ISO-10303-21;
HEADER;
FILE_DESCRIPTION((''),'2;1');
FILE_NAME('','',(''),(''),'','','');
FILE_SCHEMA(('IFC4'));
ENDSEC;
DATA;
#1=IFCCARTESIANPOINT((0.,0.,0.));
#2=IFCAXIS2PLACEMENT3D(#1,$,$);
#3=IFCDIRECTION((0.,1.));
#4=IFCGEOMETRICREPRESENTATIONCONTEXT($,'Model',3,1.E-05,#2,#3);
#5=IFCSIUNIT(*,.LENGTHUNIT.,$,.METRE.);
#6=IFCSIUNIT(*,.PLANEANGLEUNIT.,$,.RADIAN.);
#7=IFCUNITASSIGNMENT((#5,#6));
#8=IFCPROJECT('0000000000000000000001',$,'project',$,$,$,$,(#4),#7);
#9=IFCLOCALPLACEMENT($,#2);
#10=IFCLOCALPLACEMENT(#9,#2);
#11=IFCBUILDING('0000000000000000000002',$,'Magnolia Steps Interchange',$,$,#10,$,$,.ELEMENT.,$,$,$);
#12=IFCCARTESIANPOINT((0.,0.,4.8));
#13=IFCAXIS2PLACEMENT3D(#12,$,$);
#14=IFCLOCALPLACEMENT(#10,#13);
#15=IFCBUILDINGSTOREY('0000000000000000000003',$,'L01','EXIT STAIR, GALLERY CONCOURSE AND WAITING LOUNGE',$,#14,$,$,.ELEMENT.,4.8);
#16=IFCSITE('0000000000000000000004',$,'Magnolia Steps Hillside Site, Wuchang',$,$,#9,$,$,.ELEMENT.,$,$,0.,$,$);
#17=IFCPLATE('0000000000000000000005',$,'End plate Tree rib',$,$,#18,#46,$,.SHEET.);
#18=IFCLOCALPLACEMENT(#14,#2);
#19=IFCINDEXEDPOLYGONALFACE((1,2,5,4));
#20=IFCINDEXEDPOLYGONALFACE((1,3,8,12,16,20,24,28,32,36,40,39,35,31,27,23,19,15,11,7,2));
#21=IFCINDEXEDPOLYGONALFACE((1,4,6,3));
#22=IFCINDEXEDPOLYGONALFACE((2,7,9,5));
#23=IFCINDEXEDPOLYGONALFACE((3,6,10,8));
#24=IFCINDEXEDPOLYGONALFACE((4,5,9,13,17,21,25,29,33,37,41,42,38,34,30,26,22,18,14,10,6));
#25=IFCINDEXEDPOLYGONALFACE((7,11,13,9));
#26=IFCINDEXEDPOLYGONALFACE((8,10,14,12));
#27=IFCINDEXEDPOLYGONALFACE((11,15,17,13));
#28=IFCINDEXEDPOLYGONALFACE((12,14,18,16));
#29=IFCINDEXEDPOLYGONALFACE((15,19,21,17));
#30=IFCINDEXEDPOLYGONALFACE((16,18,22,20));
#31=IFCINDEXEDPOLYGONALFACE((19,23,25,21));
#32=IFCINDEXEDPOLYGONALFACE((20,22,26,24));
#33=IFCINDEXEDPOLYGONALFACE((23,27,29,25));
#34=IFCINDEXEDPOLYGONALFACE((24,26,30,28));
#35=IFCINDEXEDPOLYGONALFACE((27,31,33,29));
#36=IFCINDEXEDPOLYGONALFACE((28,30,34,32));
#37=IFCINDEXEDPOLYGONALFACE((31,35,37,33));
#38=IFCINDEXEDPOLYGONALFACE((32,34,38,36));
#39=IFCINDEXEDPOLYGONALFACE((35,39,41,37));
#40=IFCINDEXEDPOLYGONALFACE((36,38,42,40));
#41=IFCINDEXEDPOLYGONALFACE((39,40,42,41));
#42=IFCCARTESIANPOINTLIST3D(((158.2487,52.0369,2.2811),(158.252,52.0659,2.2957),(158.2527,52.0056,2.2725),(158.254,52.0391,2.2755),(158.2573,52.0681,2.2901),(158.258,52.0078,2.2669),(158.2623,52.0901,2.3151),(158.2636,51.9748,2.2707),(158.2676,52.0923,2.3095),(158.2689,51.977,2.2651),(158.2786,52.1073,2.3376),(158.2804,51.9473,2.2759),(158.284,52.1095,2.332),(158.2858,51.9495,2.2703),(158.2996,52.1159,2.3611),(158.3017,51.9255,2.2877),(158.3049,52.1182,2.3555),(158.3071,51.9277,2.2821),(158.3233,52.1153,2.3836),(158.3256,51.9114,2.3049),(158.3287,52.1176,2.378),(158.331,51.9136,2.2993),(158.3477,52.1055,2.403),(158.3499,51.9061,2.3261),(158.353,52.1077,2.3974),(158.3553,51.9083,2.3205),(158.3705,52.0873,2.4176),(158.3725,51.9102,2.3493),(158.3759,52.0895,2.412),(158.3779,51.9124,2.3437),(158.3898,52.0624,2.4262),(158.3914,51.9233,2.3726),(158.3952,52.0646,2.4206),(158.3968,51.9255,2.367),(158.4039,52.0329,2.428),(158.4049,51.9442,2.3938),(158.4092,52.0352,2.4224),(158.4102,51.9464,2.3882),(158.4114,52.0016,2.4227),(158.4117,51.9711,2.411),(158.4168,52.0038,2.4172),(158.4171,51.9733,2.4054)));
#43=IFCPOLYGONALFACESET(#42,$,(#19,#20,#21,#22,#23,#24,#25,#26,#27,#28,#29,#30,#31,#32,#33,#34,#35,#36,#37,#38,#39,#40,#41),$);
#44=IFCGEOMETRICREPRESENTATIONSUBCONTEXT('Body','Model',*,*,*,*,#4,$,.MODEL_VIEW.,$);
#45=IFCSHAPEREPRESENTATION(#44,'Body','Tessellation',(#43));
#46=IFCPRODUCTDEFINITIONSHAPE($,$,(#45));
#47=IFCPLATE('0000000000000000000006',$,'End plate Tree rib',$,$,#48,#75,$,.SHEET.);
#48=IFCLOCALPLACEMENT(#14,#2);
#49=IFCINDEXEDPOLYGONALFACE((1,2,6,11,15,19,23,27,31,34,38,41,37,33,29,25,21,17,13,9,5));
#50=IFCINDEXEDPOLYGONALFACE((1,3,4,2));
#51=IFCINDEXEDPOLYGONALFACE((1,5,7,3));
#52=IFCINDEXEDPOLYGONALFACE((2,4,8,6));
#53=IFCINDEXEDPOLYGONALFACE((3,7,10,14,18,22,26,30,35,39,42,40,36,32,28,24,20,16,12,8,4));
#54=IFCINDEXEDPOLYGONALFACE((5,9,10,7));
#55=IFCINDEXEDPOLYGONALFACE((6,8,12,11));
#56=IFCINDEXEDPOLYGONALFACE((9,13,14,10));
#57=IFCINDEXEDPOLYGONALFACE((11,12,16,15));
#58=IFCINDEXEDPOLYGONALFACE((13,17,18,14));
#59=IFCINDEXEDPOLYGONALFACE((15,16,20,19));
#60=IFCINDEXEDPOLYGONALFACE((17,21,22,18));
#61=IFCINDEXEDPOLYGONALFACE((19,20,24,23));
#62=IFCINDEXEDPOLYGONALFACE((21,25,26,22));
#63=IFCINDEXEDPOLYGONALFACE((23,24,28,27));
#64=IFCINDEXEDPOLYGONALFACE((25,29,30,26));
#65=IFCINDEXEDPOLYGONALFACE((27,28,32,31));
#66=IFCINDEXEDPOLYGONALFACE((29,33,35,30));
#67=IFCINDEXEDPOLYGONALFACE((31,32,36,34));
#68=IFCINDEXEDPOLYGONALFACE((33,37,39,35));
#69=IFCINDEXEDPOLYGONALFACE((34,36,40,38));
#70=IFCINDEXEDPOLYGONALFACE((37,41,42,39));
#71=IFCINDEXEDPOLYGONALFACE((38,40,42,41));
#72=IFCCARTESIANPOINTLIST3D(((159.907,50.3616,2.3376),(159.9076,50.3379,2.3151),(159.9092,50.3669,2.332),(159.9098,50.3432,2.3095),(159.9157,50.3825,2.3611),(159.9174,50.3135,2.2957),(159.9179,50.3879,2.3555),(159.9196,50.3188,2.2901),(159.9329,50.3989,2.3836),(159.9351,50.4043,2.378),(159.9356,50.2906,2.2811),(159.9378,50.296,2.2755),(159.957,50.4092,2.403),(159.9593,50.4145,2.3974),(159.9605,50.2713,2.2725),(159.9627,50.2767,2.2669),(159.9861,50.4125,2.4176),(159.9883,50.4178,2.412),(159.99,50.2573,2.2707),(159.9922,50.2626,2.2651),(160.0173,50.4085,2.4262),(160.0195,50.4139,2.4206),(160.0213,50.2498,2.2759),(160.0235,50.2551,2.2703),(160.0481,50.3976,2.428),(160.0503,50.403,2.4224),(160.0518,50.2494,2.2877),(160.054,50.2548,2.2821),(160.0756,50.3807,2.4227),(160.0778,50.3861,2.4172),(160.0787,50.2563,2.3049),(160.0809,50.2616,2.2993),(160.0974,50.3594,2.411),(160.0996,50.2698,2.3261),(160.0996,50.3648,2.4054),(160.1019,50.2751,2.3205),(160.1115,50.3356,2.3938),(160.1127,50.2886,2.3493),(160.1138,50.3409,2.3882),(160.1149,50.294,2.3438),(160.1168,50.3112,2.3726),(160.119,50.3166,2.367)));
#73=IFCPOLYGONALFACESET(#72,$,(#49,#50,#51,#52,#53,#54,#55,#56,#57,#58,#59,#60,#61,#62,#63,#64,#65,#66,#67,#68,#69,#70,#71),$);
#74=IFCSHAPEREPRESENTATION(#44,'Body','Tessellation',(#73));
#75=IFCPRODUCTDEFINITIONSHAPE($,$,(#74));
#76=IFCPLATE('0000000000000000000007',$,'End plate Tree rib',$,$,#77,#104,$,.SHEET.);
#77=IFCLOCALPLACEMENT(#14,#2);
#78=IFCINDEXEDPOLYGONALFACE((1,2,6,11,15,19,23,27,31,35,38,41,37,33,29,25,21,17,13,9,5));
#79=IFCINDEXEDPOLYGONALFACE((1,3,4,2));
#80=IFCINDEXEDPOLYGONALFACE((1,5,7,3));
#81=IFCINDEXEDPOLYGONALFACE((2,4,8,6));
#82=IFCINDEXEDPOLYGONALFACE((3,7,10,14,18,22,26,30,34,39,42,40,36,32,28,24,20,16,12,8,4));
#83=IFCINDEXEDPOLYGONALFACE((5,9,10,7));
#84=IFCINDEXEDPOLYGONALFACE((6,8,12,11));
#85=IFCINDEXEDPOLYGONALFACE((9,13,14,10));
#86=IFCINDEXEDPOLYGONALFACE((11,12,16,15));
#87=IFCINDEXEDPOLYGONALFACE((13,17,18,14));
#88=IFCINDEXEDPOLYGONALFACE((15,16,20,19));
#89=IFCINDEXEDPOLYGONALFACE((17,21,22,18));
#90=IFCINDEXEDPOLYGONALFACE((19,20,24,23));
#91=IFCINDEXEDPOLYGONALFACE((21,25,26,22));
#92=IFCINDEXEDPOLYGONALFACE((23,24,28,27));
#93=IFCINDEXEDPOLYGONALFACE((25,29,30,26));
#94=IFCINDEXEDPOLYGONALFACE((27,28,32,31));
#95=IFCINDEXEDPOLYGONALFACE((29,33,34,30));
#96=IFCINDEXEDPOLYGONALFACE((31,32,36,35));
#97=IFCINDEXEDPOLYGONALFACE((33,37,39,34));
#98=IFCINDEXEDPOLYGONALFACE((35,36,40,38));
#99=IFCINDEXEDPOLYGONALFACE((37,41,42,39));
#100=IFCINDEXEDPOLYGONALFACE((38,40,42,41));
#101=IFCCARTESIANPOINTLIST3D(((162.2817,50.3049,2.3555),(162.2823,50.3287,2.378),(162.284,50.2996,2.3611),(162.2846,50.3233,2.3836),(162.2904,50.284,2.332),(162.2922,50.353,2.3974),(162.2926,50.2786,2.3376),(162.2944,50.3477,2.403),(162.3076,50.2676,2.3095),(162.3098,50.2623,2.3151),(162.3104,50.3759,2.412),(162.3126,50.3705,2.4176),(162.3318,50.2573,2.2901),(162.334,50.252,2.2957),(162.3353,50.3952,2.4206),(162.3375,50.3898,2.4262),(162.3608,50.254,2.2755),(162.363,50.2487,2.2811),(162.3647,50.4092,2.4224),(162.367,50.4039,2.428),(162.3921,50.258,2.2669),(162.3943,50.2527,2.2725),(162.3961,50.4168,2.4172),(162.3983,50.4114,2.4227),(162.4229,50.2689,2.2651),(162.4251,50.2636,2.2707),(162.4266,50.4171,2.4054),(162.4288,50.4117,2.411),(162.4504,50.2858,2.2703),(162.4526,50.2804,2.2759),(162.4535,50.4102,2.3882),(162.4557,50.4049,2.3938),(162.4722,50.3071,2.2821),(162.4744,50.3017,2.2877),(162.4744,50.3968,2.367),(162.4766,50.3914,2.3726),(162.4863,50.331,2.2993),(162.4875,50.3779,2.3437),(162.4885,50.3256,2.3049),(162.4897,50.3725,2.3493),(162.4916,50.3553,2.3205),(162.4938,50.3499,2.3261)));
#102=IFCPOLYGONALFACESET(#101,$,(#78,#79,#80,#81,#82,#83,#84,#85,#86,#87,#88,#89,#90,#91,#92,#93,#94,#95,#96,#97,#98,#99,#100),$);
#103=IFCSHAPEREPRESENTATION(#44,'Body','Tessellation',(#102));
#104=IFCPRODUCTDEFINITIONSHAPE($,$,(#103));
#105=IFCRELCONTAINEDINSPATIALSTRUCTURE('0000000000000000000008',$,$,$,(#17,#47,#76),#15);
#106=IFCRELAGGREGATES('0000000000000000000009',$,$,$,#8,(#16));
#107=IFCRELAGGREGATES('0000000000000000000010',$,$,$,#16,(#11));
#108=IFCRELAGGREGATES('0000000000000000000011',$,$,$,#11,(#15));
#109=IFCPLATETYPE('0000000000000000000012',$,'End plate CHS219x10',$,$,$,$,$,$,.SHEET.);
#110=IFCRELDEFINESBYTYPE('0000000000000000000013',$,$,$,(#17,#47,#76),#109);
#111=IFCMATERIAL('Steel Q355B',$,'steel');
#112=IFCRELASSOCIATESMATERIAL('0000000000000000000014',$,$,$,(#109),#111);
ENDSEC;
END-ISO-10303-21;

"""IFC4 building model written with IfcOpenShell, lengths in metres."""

from ifc_helpers import new_model, si_unit, direction, frame, origin, origin_2d, place, context, subcontext, project, spatial, circle, extrude, material, material_profile, profile_set, type_object, element, save


model = new_model("IFC4")

# Units and contexts
model_context = context("Model", 3, precision=1e-05, world=origin(), true_north=direction((0.0, 1.0)))
body_context = subcontext(model_context, "Body", "Model", "MODEL_VIEW")
ifc_project = project(units=[si_unit("LENGTHUNIT", "METRE"), si_unit("PLANEANGLEUNIT", "RADIAN")], contexts=[model_context])

# Site, building, storey
site_placement = place(None, origin())
site = spatial("IfcSite", under=ifc_project, at=site_placement, Name="Magnolia Steps Hillside Site, Wuchang", CompositionType="ELEMENT", RefElevation=0.0)
building_placement = place(site_placement, origin())
building = spatial("IfcBuilding", under=site, at=building_placement, Name="Magnolia Steps Interchange", CompositionType="ELEMENT")
storey_placement = place(building_placement, frame((0.0, 0.0, 4.8)))
storey = spatial("IfcBuildingStorey", under=building, at=storey_placement, Name="L01", Description="EXIT STAIR, GALLERY CONCOURSE AND WAITING LOUNGE", CompositionType="ELEMENT", Elevation=4.8)

# Plates
ifc_material_1 = material(Name="Steel Q355B", Category="steel")
ifc_material_profile_1 = material_profile(ifc_material_1, circle(Radius=0.1096, at=origin_2d()), Name="End plate CHS219x10")
ifc_profile_set_1 = profile_set([ifc_material_profile_1], Name="Steel Q355B")
plate_type = type_object("IfcPlateType", Name="End plate CHS219x10", PredefinedType="SHEET", material=ifc_profile_set_1)
for number, where, z_axis, x_axis, name in (
    (1, (158.3359, 52.0137, 2.3438), (-0.664583, -0.275279, 0.694658), (0.382683, -0.92388, 0.0), "End plate Tree rib"),
    (2, (160.0137, 50.3359, 2.3438), (-0.275279, -0.664583, 0.694658), (0.92388, -0.382683, 0.0), "End plate Tree rib"),
    (3, (162.3862, 50.3359, 2.3438), (0.275279, -0.664583, 0.694658), (0.92388, 0.382683, 0.0), "End plate Tree rib"),
):
    element("IfcPlate", number, at=place(storey_placement, frame(where, z_axis=z_axis, x_axis=x_axis)), inside=storey, type_object=plate_type, Name=name, PredefinedType="SHEET", context=body_context, shape_type="SweptSolid", body=[
        extrude(circle(Radius=0.1096, at=origin_2d()), origin(), (0.0, 0.0, 1.0), 0.0081),
    ])

save(model, "model.ifc")
